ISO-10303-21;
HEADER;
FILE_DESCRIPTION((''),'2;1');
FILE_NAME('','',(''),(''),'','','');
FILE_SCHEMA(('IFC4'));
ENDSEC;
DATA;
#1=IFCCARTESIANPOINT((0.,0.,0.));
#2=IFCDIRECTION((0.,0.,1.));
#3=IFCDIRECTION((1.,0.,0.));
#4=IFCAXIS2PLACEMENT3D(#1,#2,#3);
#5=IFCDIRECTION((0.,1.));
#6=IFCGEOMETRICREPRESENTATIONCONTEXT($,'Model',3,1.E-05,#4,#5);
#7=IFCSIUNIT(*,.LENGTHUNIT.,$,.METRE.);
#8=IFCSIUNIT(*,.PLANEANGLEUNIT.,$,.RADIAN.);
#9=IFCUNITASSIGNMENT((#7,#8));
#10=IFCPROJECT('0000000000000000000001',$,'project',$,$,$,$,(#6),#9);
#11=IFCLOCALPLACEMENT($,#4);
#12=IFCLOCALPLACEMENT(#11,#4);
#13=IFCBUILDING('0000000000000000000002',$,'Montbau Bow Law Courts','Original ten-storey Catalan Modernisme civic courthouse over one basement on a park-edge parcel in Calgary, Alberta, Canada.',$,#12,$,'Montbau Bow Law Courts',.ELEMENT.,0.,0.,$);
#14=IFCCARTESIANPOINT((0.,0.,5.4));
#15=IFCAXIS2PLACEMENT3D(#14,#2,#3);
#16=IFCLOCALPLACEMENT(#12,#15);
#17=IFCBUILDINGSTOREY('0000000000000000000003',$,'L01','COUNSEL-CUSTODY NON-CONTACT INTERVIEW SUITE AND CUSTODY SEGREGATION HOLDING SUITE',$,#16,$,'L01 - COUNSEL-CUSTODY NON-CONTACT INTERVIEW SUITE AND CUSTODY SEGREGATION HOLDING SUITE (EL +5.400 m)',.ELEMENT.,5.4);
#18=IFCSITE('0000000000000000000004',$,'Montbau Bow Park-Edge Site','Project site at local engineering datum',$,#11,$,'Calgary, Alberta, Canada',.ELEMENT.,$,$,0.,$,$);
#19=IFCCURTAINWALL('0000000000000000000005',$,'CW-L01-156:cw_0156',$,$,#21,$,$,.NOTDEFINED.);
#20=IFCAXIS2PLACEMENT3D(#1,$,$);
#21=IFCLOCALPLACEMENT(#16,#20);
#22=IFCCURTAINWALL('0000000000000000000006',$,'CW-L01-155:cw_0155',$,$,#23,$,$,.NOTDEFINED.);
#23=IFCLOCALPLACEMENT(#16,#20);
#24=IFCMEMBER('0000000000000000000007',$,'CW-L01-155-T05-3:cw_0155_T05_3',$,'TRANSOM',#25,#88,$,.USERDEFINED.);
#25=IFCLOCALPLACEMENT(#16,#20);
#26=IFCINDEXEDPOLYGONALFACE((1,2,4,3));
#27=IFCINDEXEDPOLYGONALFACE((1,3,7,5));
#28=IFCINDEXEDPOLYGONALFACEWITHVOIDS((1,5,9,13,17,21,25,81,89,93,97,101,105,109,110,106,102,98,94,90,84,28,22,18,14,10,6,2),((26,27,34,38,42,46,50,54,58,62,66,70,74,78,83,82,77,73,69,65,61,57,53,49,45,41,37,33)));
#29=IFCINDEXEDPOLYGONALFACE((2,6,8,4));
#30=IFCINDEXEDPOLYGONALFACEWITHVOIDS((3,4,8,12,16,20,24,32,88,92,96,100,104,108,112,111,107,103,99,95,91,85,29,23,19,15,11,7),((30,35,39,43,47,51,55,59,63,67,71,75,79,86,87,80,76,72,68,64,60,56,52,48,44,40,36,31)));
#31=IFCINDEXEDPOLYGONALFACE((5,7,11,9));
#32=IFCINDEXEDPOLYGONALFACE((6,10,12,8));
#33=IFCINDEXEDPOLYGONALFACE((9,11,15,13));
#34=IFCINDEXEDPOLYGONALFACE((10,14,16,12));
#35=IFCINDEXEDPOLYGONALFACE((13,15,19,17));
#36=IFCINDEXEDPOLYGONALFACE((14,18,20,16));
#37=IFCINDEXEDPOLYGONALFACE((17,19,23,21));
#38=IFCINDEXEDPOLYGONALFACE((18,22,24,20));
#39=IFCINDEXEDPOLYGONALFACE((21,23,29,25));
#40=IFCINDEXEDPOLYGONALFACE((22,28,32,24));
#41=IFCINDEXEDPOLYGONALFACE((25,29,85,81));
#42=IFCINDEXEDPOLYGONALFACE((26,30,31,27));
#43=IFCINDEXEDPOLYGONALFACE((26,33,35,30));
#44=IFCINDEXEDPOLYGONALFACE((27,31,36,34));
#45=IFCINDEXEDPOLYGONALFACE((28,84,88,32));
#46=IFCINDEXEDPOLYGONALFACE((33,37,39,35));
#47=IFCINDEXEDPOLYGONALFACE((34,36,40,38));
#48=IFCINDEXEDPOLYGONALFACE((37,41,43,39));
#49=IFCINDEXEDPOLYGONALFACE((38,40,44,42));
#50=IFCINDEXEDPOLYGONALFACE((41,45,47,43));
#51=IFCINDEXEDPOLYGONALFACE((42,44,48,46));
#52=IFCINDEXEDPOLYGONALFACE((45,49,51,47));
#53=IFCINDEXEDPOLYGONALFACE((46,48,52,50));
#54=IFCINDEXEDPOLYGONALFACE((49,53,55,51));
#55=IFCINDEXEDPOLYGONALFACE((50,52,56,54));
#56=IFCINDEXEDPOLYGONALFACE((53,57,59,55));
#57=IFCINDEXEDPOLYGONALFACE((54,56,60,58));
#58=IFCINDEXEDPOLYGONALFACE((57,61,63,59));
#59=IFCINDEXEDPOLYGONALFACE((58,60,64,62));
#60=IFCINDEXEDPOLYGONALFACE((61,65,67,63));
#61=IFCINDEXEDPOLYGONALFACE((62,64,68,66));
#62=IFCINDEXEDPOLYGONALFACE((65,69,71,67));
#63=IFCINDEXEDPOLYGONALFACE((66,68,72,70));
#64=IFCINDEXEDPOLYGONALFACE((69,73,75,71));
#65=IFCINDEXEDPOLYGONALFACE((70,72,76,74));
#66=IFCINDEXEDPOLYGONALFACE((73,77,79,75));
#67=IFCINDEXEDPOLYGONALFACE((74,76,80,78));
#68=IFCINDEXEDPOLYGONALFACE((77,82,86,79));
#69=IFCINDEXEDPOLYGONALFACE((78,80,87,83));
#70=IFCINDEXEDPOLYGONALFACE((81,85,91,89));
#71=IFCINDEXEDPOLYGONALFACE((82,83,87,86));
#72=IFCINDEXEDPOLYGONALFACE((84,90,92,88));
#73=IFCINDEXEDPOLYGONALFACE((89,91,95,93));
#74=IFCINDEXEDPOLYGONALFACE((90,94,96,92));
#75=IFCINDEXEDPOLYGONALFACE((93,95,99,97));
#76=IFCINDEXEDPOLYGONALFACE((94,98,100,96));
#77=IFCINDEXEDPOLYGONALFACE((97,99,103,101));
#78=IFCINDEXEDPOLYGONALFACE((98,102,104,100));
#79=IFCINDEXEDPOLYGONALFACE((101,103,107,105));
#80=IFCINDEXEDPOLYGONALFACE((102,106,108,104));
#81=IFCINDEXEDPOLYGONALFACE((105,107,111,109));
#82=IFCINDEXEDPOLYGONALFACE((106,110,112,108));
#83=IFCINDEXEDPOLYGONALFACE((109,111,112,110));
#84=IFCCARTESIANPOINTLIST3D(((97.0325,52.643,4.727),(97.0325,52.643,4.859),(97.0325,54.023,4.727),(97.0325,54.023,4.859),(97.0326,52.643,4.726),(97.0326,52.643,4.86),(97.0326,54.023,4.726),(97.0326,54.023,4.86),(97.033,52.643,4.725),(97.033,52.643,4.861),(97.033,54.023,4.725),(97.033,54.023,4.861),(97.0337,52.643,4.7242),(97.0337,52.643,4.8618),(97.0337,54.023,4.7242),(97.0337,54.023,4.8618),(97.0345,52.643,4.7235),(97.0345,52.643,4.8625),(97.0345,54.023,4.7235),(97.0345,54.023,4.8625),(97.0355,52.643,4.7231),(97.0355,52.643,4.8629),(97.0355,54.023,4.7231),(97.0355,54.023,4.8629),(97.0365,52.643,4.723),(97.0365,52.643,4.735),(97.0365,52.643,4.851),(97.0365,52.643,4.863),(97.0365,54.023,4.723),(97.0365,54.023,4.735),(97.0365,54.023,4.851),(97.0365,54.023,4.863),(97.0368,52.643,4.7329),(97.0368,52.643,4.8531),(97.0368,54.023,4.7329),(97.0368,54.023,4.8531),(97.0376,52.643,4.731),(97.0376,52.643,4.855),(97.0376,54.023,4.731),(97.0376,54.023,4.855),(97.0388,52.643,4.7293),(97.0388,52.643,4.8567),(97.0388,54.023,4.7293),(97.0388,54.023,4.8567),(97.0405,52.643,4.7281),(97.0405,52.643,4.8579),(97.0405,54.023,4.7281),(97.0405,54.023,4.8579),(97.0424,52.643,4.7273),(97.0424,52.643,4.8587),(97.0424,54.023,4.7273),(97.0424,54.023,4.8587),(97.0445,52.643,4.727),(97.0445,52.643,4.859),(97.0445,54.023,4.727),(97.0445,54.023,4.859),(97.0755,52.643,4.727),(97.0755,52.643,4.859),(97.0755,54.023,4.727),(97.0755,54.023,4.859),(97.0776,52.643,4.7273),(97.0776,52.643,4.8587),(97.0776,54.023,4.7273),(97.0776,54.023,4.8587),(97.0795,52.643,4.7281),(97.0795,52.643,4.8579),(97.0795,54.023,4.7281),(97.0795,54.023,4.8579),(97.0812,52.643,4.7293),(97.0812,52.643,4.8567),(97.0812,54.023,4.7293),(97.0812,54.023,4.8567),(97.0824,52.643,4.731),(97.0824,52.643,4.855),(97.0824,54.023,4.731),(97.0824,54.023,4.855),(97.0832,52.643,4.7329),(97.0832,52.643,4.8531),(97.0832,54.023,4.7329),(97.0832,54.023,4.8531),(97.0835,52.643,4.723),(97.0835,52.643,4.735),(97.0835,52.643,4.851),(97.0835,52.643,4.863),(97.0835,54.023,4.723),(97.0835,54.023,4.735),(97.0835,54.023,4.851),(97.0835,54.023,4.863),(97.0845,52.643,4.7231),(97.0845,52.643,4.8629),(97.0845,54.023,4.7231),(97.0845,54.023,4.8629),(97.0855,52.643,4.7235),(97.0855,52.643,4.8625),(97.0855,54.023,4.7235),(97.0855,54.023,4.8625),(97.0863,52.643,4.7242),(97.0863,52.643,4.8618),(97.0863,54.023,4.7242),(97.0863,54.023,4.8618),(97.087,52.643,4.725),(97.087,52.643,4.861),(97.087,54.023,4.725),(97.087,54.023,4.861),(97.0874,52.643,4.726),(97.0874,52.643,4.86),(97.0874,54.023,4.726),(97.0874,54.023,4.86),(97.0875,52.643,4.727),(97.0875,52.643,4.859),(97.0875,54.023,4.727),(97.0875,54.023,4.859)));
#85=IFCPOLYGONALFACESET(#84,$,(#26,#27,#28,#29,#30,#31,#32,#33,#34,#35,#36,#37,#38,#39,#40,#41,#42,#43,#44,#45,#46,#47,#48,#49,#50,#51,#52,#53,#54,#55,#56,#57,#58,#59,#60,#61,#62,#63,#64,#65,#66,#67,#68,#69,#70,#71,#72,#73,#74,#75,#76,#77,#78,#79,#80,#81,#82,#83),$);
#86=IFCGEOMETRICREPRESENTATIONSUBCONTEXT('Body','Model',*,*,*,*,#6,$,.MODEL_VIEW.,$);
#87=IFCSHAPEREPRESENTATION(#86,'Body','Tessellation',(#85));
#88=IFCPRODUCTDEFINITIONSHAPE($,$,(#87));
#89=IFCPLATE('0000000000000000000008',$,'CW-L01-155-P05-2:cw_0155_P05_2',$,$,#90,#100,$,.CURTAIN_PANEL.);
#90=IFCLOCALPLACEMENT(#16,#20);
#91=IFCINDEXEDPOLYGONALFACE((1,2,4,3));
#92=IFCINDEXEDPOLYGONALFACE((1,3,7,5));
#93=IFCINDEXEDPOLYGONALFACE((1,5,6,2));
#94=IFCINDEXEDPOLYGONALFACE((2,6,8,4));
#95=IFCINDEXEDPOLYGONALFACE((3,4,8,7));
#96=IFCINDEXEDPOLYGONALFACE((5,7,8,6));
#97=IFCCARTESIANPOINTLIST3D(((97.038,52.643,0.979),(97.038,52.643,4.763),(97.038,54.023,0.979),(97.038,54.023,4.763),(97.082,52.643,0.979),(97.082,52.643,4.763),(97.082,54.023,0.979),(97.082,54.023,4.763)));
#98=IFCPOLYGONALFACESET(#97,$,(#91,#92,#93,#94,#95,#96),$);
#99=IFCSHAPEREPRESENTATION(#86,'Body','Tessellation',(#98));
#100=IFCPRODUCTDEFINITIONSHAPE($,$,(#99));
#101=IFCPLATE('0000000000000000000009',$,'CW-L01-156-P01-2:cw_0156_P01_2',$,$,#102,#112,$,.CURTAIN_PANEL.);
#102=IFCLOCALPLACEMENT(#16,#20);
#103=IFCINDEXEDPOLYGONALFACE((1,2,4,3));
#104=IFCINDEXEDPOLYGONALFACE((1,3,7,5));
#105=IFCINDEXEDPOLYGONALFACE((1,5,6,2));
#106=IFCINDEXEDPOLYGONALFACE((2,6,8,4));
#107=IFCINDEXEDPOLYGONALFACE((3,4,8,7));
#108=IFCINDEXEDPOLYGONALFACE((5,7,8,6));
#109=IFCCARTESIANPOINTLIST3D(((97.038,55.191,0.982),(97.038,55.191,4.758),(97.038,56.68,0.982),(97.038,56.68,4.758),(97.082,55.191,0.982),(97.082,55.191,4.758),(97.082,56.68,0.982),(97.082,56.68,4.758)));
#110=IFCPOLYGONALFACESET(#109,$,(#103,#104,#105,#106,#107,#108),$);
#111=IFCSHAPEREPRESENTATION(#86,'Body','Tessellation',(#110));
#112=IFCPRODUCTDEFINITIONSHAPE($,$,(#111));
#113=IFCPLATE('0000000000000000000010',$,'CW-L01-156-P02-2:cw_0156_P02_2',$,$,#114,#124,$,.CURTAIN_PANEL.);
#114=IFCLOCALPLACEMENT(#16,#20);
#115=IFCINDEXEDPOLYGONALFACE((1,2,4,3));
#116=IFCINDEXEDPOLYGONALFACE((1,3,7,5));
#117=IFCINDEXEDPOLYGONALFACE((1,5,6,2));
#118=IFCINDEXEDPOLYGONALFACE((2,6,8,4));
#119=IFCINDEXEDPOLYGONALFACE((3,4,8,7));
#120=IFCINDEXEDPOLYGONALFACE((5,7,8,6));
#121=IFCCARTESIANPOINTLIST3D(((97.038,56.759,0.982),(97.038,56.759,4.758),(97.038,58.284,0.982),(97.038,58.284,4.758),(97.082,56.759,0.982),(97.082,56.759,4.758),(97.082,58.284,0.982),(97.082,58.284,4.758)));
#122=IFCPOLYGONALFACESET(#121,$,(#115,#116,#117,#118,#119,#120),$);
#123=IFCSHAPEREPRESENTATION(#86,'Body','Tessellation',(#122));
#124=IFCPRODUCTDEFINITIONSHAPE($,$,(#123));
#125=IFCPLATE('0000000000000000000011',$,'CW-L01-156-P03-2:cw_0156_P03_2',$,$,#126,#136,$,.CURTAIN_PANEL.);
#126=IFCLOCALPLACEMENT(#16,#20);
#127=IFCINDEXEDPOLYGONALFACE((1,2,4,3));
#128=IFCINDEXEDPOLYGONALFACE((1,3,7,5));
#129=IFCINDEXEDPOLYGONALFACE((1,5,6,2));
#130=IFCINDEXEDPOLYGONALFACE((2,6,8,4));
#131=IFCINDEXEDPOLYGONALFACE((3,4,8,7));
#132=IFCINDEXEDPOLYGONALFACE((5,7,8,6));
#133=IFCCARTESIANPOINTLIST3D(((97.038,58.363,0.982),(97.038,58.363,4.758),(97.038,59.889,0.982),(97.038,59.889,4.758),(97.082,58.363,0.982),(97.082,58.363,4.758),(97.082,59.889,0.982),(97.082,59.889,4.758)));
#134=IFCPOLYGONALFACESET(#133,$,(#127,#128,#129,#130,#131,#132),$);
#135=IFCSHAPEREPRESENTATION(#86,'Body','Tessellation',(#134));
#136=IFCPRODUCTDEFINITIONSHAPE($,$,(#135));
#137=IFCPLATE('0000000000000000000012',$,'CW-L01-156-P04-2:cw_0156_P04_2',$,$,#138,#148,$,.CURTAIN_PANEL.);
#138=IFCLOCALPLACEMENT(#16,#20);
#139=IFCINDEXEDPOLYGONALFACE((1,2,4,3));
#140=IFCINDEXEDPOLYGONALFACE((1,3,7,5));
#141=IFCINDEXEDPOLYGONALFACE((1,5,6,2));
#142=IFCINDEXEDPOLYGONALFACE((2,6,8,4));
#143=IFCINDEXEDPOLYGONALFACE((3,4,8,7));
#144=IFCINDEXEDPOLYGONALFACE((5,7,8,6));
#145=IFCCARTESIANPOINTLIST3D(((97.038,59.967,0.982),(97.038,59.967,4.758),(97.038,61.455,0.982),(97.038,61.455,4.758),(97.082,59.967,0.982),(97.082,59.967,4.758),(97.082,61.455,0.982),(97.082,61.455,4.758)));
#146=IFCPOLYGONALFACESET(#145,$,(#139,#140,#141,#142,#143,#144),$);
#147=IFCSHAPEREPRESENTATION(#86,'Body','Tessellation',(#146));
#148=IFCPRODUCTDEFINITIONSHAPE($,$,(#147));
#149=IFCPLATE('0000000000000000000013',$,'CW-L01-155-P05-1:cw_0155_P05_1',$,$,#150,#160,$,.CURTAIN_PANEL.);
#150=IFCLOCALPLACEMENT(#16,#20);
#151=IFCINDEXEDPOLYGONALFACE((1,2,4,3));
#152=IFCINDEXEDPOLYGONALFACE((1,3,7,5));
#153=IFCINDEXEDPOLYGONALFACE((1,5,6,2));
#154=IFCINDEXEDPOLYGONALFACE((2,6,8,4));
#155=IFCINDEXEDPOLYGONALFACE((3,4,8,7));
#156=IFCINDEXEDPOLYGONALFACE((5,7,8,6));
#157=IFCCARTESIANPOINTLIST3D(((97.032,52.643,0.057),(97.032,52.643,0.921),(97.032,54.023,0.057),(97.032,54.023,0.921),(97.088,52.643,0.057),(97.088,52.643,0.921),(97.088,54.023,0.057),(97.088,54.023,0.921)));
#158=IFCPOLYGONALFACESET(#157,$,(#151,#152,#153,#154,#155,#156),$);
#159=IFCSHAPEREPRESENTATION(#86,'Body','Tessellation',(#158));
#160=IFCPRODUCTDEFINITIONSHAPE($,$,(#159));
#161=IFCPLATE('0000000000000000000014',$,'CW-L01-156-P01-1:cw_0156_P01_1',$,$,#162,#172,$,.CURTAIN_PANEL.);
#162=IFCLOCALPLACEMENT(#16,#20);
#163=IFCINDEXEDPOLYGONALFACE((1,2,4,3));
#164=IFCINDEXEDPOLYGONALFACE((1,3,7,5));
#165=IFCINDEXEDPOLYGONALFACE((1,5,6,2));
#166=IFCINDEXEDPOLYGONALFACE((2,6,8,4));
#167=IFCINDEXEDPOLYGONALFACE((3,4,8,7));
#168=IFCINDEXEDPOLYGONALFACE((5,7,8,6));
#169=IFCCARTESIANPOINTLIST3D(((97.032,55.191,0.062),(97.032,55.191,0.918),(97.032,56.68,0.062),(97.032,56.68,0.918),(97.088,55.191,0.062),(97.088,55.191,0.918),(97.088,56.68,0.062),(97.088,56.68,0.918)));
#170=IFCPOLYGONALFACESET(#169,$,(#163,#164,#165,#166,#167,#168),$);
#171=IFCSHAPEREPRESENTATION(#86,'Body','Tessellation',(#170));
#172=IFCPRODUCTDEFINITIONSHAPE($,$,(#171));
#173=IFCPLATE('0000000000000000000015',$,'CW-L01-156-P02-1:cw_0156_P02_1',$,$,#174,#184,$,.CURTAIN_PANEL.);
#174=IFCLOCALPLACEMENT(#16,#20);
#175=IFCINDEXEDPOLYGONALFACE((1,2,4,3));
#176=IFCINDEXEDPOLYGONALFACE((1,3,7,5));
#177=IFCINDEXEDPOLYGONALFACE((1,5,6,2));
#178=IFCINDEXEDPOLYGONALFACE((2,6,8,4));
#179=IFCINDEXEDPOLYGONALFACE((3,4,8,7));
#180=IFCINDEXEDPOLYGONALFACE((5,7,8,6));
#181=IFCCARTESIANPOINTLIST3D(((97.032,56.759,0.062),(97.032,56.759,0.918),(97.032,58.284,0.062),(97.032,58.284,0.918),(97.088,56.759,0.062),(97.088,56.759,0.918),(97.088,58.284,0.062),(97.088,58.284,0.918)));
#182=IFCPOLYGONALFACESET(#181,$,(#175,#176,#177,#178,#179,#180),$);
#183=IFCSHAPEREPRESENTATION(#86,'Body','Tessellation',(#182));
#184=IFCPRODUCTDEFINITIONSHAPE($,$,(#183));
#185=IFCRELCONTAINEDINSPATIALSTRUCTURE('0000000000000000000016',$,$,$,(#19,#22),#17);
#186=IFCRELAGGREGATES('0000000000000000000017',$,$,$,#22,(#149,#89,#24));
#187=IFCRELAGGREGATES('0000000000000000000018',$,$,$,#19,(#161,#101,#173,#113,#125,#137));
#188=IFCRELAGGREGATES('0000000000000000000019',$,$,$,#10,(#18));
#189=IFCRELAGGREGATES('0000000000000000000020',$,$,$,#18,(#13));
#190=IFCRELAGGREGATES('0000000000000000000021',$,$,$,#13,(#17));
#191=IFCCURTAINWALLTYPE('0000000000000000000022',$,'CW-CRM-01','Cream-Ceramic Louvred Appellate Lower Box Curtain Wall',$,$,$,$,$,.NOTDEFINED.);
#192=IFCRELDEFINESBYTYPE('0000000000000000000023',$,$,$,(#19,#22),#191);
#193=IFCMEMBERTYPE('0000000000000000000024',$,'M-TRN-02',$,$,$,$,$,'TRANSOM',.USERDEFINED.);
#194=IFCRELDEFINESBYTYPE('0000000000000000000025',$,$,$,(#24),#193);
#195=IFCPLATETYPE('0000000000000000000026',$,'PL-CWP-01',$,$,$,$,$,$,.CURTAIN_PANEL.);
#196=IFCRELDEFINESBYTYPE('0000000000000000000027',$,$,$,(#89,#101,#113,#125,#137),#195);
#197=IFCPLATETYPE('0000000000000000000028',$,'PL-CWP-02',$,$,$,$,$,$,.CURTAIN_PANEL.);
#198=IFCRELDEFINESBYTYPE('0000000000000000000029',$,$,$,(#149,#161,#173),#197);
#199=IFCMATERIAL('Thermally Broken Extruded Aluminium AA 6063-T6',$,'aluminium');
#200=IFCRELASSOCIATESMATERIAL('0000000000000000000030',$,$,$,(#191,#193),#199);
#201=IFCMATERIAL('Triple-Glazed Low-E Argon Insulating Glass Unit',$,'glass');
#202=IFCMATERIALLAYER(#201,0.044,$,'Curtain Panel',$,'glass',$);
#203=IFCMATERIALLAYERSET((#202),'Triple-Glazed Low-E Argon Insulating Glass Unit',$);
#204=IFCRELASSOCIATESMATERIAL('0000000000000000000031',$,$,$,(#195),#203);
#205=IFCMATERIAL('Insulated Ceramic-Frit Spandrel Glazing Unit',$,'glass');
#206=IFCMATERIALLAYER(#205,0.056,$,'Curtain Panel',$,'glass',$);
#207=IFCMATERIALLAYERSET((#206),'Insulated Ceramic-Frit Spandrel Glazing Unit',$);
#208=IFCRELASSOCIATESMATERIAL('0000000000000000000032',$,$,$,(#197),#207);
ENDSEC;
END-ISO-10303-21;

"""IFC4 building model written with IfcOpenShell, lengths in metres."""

from ifc_helpers import new_model, si_unit, direction, frame, frame_2d, origin_with_axes, origin_2d_with_axis, place, context, subcontext, project, spatial, rectangle, hollow_rectangle, extrude, material, layer, layer_set, material_profile, profile_set, type_object, element, aggregate, save


model = new_model("IFC4")

# Units and contexts
model_context = context("Model", 3, precision=1e-05, world=origin_with_axes(), true_north=direction((0.0, 1.0)))
body_context = subcontext(model_context, "Body", "Model", "MODEL_VIEW")
ifc_project = project(units=[si_unit("LENGTHUNIT", "METRE"), si_unit("PLANEANGLEUNIT", "RADIAN")], contexts=[model_context])

# Site, building, storey
site_placement = place(None, origin_with_axes())
site = spatial("IfcSite", under=ifc_project, at=site_placement, Name="Montbau Bow Park-Edge Site", Description="Project site at local engineering datum", LongName="Calgary, Alberta, Canada", CompositionType="ELEMENT", RefElevation=0.0)
building_placement = place(site_placement, origin_with_axes())
building = spatial("IfcBuilding", under=site, at=building_placement, Name="Montbau Bow Law Courts", Description="Original ten-storey Catalan Modernisme civic courthouse over one basement on a park-edge parcel in Calgary, Alberta, Canada.", LongName="Montbau Bow Law Courts", CompositionType="ELEMENT", ElevationOfRefHeight=0.0, ElevationOfTerrain=0.0)
storey_placement = place(building_placement, frame((0.0, 0.0, 5.4), z_axis=(0.0, 0.0, 1.0), x_axis=(1.0, 0.0, 0.0)))
storey = spatial("IfcBuildingStorey", under=building, at=storey_placement, Name="L01", Description="COUNSEL-CUSTODY NON-CONTACT INTERVIEW SUITE AND CUSTODY SEGREGATION HOLDING SUITE", LongName="L01 - COUNSEL-CUSTODY NON-CONTACT INTERVIEW SUITE AND CUSTODY SEGREGATION HOLDING SUITE (EL +5.400 m)", CompositionType="ELEMENT", Elevation=5.4)

# Curtain wall
ifc_material_1 = material(Name="Thermally Broken Extruded Aluminium AA 6063-T6", Category="aluminium")
curtain_wall_type = type_object("IfcCurtainWallType", Name="CW-CRM-01", Description="Cream-Ceramic Louvred Appellate Lower Box Curtain Wall", PredefinedType="NOTDEFINED", material=ifc_material_1)
curtain_wall_1_placement = place(None, frame((97.06, 55.115, 5.4), z_axis=(0.0, 0.0, 1.0), x_axis=(1.0, 0.0, 0.0)))
curtain_wall_1 = element("IfcCurtainWall", 1, at=curtain_wall_1_placement, inside=storey, type_object=curtain_wall_type, Name="CW-L01-156:cw_0156", PredefinedType="NOTDEFINED")

# Curtain wall
curtain_wall_2_placement = place(None, frame((97.06, 46.715, 5.4), z_axis=(0.0, 0.0, 1.0), x_axis=(1.0, 0.0, 0.0)))
curtain_wall_2 = element("IfcCurtainWall", 2, at=curtain_wall_2_placement, inside=storey, type_object=curtain_wall_type, Name="CW-L01-155:cw_0155", PredefinedType="NOTDEFINED")

# Member
ifc_material_profile_1 = material_profile(ifc_material_1, hollow_rectangle(XDim=0.055, YDim=0.14, WallThickness=0.004, InnerFilletRadius=0.008, OuterFilletRadius=0.004, at=origin_2d_with_axis()), Name="CWT-140X55", Category="Main", Priority=0)
ifc_profile_set_1 = profile_set([ifc_material_profile_1], Name="Thermally Broken Extruded Aluminium AA 6063-T6")
member_type_1 = type_object("IfcMemberType", Name="M-TRN-02", ElementType="TRANSOM", PredefinedType="USERDEFINED", material=ifc_profile_set_1)
member_1_placement = place(None, frame((97.06, 52.643, 10.193), z_axis=(0.0, 1.0, 0.0), x_axis=(-1.0, 0.0, 0.0)))
member_1 = element("IfcMember", 3, at=member_1_placement, type_object=member_type_1, Name="CW-L01-155-T05-3:cw_0155_T05_3", ObjectType="TRANSOM", PredefinedType="USERDEFINED", context=body_context, shape_type="SweptSolid", body=[
    extrude(hollow_rectangle(XDim=0.055, YDim=0.14, WallThickness=0.004, InnerFilletRadius=0.008, OuterFilletRadius=0.004, at=origin_2d_with_axis()), origin_with_axes(), (0.0, 0.0, 1.0), 1.38),
])

# Plates
ifc_material_2 = material(Name="Triple-Glazed Low-E Argon Insulating Glass Unit", Category="glass")
ifc_layer_1 = layer(ifc_material_2, 0.044, Name="Curtain Panel", Category="glass")
ifc_layer_set_1 = layer_set([ifc_layer_1], Name="Triple-Glazed Low-E Argon Insulating Glass Unit")
plate_type_1 = type_object("IfcPlateType", Name="PL-CWP-01", PredefinedType="CURTAIN_PANEL", material=ifc_layer_set_1)
plate_1_placement = place(None, frame((97.06, 52.643, 6.379), z_axis=(1.0, 0.0, 0.0), x_axis=(0.0, 1.0, 0.0)))
plate_1 = element("IfcPlate", 4, at=plate_1_placement, type_object=plate_type_1, Name="CW-L01-155-P05-2:cw_0155_P05_2", PredefinedType="CURTAIN_PANEL", context=body_context, shape_type="SweptSolid", body=[
    extrude(rectangle(XDim=1.38, YDim=3.784, at=frame_2d((0.69, 1.892), x_axis=(1.0, 0.0))), frame((0.0, 0.0, -0.022), z_axis=(0.0, 0.0, 1.0), x_axis=(1.0, 0.0, 0.0)), (0.0, 0.0, 1.0), 0.044),
])
plate_2_placement = place(None, frame((97.06, 55.191, 6.382), z_axis=(1.0, 0.0, 0.0), x_axis=(0.0, 1.0, 0.0)))
plate_2 = element("IfcPlate", 5, at=plate_2_placement, type_object=plate_type_1, Name="CW-L01-156-P01-2:cw_0156_P01_2", PredefinedType="CURTAIN_PANEL", context=body_context, shape_type="SweptSolid", body=[
    extrude(rectangle(XDim=1.489, YDim=3.776, at=frame_2d((0.7445, 1.888), x_axis=(1.0, 0.0))), frame((0.0, 0.0, -0.022), z_axis=(0.0, 0.0, 1.0), x_axis=(1.0, 0.0, 0.0)), (0.0, 0.0, 1.0), 0.044),
])
plate_3_placement = place(None, frame((97.06, 56.759, 6.382), z_axis=(1.0, 0.0, 0.0), x_axis=(0.0, 1.0, 0.0)))
plate_3 = element("IfcPlate", 6, at=plate_3_placement, type_object=plate_type_1, Name="CW-L01-156-P02-2:cw_0156_P02_2", PredefinedType="CURTAIN_PANEL", context=body_context, shape_type="SweptSolid", body=[
    extrude(rectangle(XDim=1.525, YDim=3.776, at=frame_2d((0.7625, 1.888), x_axis=(1.0, 0.0))), frame((0.0, 0.0, -0.022), z_axis=(0.0, 0.0, 1.0), x_axis=(1.0, 0.0, 0.0)), (0.0, 0.0, 1.0), 0.044),
])
plate_4_placement = place(None, frame((97.06, 58.363, 6.382), z_axis=(1.0, 0.0, 0.0), x_axis=(0.0, 1.0, 0.0)))
plate_4 = element("IfcPlate", 7, at=plate_4_placement, type_object=plate_type_1, Name="CW-L01-156-P03-2:cw_0156_P03_2", PredefinedType="CURTAIN_PANEL", context=body_context, shape_type="SweptSolid", body=[
    extrude(rectangle(XDim=1.526, YDim=3.776, at=frame_2d((0.763, 1.888), x_axis=(1.0, 0.0))), frame((0.0, 0.0, -0.022), z_axis=(0.0, 0.0, 1.0), x_axis=(1.0, 0.0, 0.0)), (0.0, 0.0, 1.0), 0.044),
])
plate_5_placement = place(None, frame((97.06, 59.967, 6.382), z_axis=(1.0, 0.0, 0.0), x_axis=(0.0, 1.0, 0.0)))
plate_5 = element("IfcPlate", 8, at=plate_5_placement, type_object=plate_type_1, Name="CW-L01-156-P04-2:cw_0156_P04_2", PredefinedType="CURTAIN_PANEL", context=body_context, shape_type="SweptSolid", body=[
    extrude(rectangle(XDim=1.488, YDim=3.776, at=frame_2d((0.744, 1.888), x_axis=(1.0, 0.0))), frame((0.0, 0.0, -0.022), z_axis=(0.0, 0.0, 1.0), x_axis=(1.0, 0.0, 0.0)), (0.0, 0.0, 1.0), 0.044),
])
ifc_material_3 = material(Name="Insulated Ceramic-Frit Spandrel Glazing Unit", Category="glass")
ifc_layer_2 = layer(ifc_material_3, 0.056, Name="Curtain Panel", Category="glass")
ifc_layer_set_2 = layer_set([ifc_layer_2], Name="Insulated Ceramic-Frit Spandrel Glazing Unit")
plate_type_2 = type_object("IfcPlateType", Name="PL-CWP-02", PredefinedType="CURTAIN_PANEL", material=ifc_layer_set_2)
plate_6_placement = place(None, frame((97.06, 52.643, 5.457), z_axis=(1.0, 0.0, 0.0), x_axis=(0.0, 1.0, 0.0)))
plate_6 = element("IfcPlate", 9, at=plate_6_placement, type_object=plate_type_2, Name="CW-L01-155-P05-1:cw_0155_P05_1", PredefinedType="CURTAIN_PANEL", context=body_context, shape_type="SweptSolid", body=[
    extrude(rectangle(XDim=1.38, YDim=0.864, at=frame_2d((0.69, 0.432), x_axis=(1.0, 0.0))), frame((0.0, 0.0, -0.028), z_axis=(0.0, 0.0, 1.0), x_axis=(1.0, 0.0, 0.0)), (0.0, 0.0, 1.0), 0.056),
])
aggregate(curtain_wall_2, [plate_6, plate_1, member_1])
plate_7_placement = place(None, frame((97.06, 55.191, 5.462), z_axis=(1.0, 0.0, 0.0), x_axis=(0.0, 1.0, 0.0)))
plate_7 = element("IfcPlate", 10, at=plate_7_placement, type_object=plate_type_2, Name="CW-L01-156-P01-1:cw_0156_P01_1", PredefinedType="CURTAIN_PANEL", context=body_context, shape_type="SweptSolid", body=[
    extrude(rectangle(XDim=1.489, YDim=0.856, at=frame_2d((0.7445, 0.428), x_axis=(1.0, 0.0))), frame((0.0, 0.0, -0.028), z_axis=(0.0, 0.0, 1.0), x_axis=(1.0, 0.0, 0.0)), (0.0, 0.0, 1.0), 0.056),
])
plate_8_placement = place(None, frame((97.06, 56.759, 5.462), z_axis=(1.0, 0.0, 0.0), x_axis=(0.0, 1.0, 0.0)))
plate_8 = element("IfcPlate", 11, at=plate_8_placement, type_object=plate_type_2, Name="CW-L01-156-P02-1:cw_0156_P02_1", PredefinedType="CURTAIN_PANEL", context=body_context, shape_type="SweptSolid", body=[
    extrude(rectangle(XDim=1.525, YDim=0.856, at=frame_2d((0.7625, 0.428), x_axis=(1.0, 0.0))), frame((0.0, 0.0, -0.028), z_axis=(0.0, 0.0, 1.0), x_axis=(1.0, 0.0, 0.0)), (0.0, 0.0, 1.0), 0.056),
])
aggregate(curtain_wall_1, [plate_7, plate_2, plate_8, plate_3, plate_4, plate_5])

save(model, "model.ifc")
